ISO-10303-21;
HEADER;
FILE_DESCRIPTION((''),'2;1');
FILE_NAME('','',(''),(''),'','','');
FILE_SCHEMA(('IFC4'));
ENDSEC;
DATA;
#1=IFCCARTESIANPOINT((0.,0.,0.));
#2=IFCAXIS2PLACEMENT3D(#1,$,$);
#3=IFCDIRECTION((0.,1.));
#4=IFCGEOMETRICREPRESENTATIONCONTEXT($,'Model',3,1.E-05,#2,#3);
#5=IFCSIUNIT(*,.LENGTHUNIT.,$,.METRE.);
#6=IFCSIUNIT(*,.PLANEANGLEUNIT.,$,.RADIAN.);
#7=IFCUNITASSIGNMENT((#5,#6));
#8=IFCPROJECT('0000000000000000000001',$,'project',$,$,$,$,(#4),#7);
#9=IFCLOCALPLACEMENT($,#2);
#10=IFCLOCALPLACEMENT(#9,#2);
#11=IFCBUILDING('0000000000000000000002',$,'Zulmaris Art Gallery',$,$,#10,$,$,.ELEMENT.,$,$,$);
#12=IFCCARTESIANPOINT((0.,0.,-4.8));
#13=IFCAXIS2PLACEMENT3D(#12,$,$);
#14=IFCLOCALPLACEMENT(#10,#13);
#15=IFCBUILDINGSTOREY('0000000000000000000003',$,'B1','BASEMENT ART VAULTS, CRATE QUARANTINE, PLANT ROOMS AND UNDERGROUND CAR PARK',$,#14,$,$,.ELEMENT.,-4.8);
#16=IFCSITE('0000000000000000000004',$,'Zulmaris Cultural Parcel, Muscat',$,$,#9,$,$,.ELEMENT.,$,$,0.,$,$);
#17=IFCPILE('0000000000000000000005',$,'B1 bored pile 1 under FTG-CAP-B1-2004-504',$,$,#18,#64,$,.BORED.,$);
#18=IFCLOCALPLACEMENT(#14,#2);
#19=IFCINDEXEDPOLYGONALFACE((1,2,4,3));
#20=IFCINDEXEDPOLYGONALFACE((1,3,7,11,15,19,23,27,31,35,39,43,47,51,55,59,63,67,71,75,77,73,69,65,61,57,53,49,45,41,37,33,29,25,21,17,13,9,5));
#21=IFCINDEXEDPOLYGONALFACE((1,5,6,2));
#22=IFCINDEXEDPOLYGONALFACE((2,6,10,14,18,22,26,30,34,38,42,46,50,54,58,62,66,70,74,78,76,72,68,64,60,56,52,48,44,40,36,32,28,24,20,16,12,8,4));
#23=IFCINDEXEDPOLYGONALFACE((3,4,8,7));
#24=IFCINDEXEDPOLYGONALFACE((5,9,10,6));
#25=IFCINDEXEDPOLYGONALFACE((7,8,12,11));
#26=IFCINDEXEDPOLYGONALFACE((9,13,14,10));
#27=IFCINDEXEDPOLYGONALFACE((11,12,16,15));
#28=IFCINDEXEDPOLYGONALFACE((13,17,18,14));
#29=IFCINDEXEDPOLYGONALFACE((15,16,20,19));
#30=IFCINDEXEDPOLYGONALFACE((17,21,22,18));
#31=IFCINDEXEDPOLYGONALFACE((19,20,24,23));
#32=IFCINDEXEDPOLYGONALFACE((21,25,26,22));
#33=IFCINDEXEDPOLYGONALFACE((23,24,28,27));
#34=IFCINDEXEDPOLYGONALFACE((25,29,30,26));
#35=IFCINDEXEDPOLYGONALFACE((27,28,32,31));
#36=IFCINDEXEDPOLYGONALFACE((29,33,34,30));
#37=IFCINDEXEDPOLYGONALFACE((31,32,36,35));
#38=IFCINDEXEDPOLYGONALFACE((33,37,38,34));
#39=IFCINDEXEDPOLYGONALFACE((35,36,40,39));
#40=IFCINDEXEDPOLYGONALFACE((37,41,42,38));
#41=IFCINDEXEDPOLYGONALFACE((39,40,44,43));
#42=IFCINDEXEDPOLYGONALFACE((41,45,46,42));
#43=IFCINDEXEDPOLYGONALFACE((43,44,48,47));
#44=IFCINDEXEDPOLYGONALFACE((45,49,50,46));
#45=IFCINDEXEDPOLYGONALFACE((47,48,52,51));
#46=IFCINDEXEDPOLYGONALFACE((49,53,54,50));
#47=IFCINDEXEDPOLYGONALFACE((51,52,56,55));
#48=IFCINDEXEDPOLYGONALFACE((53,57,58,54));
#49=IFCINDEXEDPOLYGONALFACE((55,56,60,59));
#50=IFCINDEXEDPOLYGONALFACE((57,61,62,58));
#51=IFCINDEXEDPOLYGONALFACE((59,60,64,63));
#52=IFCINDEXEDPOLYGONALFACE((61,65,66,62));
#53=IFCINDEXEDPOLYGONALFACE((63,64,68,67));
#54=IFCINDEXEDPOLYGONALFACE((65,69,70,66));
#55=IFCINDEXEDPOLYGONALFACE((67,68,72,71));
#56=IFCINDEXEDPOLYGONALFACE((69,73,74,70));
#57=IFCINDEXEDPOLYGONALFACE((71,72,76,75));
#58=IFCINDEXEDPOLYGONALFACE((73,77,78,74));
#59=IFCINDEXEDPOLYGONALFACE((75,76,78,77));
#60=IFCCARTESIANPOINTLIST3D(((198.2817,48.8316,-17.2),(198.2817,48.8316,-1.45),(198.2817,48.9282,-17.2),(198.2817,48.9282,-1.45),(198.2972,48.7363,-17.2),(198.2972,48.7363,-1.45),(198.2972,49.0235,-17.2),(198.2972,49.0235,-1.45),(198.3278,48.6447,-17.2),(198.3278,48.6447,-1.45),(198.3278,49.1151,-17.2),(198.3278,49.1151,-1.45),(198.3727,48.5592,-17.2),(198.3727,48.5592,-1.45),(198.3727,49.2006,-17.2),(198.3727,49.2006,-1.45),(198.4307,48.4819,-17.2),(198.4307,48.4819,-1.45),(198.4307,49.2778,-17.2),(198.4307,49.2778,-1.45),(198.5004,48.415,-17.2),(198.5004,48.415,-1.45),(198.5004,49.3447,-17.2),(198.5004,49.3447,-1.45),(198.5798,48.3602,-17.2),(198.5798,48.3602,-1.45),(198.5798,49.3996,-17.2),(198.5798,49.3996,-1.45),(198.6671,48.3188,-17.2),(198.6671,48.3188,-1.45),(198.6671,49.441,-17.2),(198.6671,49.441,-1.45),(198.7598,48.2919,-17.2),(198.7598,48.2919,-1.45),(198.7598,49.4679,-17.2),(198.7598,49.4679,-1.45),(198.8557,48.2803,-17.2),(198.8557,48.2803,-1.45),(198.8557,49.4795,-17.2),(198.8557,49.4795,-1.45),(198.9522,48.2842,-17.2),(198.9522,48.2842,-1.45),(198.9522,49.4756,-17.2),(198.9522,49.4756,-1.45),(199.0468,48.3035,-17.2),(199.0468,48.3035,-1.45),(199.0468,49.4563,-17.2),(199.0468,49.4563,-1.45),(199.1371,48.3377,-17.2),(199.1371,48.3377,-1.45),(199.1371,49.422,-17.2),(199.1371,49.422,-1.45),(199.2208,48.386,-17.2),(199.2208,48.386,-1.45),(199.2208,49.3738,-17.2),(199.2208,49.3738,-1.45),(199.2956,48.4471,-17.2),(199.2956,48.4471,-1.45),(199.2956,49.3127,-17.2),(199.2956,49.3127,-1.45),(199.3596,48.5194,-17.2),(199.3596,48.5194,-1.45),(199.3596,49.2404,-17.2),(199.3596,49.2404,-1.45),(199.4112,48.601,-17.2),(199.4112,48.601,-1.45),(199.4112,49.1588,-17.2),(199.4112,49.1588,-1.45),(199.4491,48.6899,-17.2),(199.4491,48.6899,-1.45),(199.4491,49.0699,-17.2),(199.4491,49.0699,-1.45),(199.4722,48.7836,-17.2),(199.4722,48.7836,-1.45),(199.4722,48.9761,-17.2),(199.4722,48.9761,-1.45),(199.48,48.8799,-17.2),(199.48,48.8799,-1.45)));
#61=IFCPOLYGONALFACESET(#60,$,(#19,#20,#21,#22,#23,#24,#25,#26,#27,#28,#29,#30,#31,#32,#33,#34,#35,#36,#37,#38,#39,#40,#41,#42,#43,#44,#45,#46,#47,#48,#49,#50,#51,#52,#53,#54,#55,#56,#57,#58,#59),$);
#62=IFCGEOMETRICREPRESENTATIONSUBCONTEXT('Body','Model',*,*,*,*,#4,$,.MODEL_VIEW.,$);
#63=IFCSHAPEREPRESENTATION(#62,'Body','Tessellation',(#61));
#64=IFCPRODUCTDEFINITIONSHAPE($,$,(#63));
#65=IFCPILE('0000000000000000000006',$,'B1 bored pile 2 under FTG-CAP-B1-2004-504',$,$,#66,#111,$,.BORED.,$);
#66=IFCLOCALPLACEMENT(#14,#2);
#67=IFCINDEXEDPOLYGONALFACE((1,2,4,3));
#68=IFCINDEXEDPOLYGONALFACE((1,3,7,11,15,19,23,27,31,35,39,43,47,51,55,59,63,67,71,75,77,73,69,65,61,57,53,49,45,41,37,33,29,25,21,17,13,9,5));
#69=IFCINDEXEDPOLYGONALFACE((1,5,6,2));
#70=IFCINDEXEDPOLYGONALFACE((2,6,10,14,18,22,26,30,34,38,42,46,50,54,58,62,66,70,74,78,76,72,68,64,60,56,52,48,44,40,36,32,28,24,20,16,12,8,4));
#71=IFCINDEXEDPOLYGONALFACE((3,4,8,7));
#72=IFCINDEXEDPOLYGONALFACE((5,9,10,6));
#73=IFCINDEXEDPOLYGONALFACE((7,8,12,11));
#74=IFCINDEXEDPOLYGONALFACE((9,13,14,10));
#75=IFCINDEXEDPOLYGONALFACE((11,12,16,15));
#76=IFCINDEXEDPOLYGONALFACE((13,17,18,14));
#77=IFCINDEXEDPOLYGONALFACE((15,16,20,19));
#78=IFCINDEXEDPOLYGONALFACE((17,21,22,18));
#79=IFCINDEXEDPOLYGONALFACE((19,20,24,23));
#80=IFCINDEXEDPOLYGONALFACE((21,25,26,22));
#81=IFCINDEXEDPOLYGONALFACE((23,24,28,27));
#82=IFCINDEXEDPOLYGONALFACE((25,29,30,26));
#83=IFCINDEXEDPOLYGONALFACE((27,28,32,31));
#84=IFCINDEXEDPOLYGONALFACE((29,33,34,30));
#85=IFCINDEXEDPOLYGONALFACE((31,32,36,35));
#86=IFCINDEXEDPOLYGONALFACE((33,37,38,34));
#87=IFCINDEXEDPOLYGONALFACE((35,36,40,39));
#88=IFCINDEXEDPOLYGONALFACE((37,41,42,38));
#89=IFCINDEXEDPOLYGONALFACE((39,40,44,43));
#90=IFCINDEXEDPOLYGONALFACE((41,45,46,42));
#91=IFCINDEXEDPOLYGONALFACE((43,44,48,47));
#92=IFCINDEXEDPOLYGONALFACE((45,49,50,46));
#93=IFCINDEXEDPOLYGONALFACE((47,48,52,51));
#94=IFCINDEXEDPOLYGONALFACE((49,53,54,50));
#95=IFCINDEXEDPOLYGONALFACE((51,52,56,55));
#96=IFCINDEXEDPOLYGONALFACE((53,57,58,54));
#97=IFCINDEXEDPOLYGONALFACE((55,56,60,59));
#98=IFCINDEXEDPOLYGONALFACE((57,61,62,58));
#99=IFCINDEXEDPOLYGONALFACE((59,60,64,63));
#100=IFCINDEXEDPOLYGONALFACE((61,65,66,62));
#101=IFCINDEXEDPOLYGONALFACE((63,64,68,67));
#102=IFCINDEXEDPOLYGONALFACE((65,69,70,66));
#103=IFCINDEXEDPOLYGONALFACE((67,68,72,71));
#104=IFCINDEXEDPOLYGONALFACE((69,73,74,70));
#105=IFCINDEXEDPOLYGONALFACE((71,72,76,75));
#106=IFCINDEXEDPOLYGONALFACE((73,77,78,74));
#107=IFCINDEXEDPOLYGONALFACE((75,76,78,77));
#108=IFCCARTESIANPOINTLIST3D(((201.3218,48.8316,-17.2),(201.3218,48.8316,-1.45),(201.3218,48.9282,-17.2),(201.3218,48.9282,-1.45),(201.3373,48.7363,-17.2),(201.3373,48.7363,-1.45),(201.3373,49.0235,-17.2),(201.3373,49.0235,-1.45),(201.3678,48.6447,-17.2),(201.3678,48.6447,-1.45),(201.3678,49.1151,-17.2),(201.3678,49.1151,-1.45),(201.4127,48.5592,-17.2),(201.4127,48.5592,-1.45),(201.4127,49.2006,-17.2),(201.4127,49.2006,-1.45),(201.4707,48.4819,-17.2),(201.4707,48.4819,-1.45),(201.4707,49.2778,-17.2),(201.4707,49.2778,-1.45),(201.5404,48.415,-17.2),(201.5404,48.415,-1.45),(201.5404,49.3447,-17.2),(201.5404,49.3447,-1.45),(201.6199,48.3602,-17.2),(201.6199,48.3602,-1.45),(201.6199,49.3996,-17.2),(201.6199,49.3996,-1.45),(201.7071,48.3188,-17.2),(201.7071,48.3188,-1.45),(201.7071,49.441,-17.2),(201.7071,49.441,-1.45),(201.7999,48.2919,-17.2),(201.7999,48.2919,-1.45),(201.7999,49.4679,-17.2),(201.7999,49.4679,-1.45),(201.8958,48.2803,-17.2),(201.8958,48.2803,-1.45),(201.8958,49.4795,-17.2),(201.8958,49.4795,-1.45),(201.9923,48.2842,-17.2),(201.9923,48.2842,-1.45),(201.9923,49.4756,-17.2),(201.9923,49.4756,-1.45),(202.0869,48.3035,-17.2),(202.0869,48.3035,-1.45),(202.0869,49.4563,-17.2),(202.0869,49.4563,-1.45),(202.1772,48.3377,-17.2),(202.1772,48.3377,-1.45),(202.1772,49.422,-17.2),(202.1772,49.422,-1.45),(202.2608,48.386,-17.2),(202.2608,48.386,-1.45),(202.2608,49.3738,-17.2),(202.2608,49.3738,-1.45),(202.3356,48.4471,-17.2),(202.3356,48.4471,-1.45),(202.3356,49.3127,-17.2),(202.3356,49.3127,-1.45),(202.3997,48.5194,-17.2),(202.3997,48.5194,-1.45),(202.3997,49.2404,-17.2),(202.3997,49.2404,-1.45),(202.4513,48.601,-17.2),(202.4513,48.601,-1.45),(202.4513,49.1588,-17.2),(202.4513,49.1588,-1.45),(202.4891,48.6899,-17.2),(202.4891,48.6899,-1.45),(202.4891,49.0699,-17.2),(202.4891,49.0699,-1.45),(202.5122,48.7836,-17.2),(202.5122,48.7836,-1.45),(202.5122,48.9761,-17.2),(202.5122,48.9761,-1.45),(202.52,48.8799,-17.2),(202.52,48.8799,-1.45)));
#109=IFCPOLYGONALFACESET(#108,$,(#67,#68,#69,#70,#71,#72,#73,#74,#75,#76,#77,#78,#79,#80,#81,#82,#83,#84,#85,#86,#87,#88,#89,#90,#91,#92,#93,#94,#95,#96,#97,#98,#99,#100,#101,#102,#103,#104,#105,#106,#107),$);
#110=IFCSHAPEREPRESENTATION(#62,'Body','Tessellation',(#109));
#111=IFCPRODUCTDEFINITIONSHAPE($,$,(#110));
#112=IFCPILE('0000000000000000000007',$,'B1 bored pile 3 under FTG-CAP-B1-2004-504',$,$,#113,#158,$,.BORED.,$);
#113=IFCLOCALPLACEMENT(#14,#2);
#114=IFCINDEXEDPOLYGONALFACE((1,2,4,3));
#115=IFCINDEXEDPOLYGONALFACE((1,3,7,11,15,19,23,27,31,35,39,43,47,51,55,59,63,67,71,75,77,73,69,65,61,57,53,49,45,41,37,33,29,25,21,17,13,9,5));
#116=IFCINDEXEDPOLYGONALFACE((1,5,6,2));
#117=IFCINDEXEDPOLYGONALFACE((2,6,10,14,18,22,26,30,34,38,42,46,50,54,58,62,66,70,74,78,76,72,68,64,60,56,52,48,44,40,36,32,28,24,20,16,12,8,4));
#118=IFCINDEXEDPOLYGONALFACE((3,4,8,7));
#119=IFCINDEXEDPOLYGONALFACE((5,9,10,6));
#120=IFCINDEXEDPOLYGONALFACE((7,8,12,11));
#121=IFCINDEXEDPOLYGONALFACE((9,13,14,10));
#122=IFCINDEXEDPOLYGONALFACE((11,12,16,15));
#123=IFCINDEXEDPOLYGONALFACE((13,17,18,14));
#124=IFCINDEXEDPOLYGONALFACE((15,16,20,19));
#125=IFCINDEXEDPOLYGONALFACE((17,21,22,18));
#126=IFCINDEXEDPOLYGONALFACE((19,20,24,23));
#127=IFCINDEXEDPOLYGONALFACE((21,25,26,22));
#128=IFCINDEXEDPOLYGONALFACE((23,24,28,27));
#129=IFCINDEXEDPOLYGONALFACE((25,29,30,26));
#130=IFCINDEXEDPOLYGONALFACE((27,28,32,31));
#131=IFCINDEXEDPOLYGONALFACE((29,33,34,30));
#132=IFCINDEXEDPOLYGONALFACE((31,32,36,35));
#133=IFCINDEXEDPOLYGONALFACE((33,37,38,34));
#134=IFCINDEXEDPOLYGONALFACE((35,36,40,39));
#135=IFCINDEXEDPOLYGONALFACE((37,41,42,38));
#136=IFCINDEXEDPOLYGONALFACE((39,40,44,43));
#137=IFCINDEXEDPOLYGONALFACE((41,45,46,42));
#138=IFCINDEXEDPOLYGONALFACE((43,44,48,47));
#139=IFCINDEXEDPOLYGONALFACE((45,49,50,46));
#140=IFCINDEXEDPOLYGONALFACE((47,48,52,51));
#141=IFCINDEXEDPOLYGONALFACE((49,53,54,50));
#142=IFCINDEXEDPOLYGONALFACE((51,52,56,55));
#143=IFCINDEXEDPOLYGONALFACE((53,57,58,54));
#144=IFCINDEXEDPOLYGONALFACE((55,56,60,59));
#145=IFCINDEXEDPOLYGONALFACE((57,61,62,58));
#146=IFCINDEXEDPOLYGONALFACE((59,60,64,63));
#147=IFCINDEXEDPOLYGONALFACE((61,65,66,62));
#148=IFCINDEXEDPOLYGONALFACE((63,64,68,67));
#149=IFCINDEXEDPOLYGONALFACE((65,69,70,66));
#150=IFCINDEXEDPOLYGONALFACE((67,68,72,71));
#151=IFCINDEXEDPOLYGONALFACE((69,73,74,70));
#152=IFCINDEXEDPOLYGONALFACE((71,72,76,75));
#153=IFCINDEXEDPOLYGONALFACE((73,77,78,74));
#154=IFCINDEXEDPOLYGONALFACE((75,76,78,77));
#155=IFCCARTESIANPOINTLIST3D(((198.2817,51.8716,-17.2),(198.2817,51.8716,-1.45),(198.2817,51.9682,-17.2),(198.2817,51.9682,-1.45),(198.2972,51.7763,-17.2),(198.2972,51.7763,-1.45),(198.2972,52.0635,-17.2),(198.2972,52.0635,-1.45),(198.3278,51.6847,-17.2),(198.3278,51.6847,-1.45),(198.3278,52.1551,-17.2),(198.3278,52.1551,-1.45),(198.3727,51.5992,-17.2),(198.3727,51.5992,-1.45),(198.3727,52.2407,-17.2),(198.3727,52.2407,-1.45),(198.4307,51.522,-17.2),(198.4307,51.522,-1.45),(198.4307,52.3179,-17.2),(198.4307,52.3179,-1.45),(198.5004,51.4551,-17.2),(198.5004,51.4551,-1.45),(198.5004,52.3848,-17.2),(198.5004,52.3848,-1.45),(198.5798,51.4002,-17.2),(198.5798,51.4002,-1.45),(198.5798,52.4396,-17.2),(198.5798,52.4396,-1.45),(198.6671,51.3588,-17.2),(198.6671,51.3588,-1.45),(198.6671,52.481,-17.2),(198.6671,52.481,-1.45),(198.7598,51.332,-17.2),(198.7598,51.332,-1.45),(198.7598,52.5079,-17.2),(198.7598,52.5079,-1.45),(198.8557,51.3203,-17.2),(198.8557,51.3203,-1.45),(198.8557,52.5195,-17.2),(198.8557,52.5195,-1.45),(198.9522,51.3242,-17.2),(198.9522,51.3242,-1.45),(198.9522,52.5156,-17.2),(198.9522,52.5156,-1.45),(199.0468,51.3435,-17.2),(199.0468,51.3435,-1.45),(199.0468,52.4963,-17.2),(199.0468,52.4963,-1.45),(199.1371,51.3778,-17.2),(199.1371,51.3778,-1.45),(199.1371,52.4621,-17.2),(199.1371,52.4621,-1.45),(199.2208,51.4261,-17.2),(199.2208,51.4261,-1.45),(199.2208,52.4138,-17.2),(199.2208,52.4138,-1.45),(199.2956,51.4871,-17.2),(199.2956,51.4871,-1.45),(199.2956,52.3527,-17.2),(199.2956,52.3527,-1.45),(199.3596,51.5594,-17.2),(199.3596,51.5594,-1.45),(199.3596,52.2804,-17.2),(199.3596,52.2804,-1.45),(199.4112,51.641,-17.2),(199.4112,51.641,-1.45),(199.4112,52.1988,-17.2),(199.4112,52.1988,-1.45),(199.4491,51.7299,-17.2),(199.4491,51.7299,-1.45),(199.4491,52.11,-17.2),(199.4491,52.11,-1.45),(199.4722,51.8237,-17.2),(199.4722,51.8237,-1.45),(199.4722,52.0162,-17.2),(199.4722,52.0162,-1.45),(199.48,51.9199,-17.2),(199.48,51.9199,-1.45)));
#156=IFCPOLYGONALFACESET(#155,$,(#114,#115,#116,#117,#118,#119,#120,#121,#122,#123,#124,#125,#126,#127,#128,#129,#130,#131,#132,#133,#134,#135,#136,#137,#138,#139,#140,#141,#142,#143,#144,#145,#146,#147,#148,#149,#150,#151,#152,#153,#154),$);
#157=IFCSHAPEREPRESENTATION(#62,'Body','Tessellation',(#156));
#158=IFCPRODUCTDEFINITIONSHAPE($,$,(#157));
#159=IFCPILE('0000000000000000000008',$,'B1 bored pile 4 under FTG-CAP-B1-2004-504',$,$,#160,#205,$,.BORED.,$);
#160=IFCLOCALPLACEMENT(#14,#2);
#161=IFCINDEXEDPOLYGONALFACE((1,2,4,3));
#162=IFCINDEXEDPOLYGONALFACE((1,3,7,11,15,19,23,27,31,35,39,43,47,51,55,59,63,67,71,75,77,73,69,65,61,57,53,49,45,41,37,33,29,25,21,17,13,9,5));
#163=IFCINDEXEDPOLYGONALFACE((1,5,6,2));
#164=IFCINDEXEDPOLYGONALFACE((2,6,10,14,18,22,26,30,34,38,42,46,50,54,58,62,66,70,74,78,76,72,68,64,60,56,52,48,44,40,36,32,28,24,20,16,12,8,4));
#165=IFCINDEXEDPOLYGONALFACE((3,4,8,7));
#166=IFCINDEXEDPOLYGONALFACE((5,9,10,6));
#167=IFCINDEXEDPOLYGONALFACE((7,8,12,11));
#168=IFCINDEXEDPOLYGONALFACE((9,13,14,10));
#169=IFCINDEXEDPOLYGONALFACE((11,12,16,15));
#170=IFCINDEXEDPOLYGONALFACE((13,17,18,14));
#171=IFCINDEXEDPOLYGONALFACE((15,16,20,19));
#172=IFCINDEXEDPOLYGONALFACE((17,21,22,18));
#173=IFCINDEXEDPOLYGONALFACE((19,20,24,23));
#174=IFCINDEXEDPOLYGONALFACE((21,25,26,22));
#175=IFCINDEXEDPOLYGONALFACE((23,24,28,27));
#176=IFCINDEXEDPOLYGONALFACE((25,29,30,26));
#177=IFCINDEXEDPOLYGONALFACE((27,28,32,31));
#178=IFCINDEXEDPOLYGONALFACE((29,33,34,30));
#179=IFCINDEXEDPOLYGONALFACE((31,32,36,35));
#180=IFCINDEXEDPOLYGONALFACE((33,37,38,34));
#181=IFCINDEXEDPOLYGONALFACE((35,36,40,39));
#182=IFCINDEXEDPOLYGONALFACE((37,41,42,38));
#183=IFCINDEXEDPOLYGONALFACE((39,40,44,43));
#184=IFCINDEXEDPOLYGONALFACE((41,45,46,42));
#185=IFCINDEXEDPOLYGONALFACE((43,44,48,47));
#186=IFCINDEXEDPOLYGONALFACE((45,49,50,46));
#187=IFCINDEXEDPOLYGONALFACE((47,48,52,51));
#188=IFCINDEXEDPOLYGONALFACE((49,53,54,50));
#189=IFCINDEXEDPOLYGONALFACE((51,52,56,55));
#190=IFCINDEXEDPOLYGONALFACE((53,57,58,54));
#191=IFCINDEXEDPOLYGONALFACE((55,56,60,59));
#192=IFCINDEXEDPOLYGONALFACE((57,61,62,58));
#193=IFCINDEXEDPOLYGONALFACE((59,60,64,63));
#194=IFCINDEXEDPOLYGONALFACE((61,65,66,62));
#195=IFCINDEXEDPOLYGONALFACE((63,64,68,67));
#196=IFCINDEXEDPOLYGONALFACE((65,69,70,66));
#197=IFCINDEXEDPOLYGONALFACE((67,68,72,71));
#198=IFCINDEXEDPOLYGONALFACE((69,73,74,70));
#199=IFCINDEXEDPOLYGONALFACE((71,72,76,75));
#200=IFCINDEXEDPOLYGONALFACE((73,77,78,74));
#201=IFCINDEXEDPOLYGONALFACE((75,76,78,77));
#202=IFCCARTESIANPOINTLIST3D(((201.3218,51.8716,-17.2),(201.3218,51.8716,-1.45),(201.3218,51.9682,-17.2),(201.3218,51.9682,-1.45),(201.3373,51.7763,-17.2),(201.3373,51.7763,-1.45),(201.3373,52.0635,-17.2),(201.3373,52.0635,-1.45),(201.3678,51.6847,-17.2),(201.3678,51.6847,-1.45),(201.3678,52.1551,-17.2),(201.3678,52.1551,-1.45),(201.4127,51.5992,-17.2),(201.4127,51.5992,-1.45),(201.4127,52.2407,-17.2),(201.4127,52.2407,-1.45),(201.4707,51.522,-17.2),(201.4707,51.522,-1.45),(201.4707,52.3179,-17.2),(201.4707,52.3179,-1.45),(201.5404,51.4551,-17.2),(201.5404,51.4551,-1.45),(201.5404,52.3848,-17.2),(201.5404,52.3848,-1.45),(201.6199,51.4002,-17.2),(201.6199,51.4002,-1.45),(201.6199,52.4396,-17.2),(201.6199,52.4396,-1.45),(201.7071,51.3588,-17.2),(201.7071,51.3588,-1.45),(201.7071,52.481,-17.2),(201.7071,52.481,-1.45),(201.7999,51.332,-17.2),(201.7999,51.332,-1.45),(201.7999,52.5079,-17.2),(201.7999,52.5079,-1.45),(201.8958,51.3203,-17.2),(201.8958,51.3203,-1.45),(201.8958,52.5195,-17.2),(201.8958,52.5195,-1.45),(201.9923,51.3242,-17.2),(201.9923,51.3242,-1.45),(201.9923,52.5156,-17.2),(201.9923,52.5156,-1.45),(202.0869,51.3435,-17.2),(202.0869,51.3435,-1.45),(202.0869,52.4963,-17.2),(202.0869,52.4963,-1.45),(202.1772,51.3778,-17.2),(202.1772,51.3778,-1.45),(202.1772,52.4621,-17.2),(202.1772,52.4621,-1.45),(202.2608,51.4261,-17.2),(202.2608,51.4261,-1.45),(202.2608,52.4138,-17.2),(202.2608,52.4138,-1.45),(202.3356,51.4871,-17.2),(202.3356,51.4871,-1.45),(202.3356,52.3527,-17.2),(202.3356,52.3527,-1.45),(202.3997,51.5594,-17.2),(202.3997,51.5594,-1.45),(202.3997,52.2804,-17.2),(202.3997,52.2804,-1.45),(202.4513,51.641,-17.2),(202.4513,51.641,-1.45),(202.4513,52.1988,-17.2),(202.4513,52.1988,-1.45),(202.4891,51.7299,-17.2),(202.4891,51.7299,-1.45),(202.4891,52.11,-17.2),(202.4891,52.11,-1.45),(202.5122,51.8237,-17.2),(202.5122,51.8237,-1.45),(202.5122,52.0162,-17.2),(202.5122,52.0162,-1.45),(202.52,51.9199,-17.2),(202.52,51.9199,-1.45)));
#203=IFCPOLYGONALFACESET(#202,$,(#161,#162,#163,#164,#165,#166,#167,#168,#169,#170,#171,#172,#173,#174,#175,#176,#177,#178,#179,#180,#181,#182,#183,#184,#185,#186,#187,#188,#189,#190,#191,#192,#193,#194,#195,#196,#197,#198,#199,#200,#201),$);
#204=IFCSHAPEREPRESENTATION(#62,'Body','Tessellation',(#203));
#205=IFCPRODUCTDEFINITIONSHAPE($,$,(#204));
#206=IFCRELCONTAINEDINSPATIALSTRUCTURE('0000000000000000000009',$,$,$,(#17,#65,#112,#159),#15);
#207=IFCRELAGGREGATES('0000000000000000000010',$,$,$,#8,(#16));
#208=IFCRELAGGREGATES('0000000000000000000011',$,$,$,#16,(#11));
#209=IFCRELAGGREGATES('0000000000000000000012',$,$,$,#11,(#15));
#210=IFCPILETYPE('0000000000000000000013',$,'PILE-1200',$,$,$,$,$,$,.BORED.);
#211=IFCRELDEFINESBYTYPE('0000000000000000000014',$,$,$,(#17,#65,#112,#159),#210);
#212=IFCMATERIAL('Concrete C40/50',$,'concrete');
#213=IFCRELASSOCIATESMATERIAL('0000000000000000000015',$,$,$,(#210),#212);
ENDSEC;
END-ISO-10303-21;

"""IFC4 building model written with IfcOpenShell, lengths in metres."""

from ifc_helpers import new_model, si_unit, direction, frame, origin, origin_2d, place, context, subcontext, project, spatial, circle, extrude, material, material_profile, profile_set, type_object, element, save


model = new_model("IFC4")

# Units and contexts
model_context = context("Model", 3, precision=1e-05, world=origin(), true_north=direction((0.0, 1.0)))
body_context = subcontext(model_context, "Body", "Model", "MODEL_VIEW")
ifc_project = project(units=[si_unit("LENGTHUNIT", "METRE"), si_unit("PLANEANGLEUNIT", "RADIAN")], contexts=[model_context])

# Site, building, storey
site_placement = place(None, origin())
site = spatial("IfcSite", under=ifc_project, at=site_placement, Name="Zulmaris Cultural Parcel, Muscat", CompositionType="ELEMENT", RefElevation=0.0)
building_placement = place(site_placement, origin())
building = spatial("IfcBuilding", under=site, at=building_placement, Name="Zulmaris Art Gallery", CompositionType="ELEMENT")
storey_placement = place(building_placement, frame((0.0, 0.0, -4.8)))
storey = spatial("IfcBuildingStorey", under=building, at=storey_placement, Name="B1", Description="BASEMENT ART VAULTS, CRATE QUARANTINE, PLANT ROOMS AND UNDERGROUND CAR PARK", CompositionType="ELEMENT", Elevation=-4.8)

# Piles
ifc_material_1 = material(Name="Concrete C40/50", Category="concrete")
ifc_material_profile_1 = material_profile(ifc_material_1, circle(Radius=0.6001, at=origin_2d()), Name="PILE DIA 1200")
ifc_profile_set_1 = profile_set([ifc_material_profile_1], Name="Concrete C40/50")
pile_type = type_object("IfcPileType", Name="PILE-1200", PredefinedType="BORED", material=ifc_profile_set_1)
for number, where, z_axis, x_axis, name in (
    (1, (198.8799, 48.8799, -1.45), (0.0, 0.0, -1.0), (1.0, 0.0, 0.0), "B1 bored pile 1 under FTG-CAP-B1-2004-504"),
    (2, (201.9199, 48.8799, -1.45), (0.0, 0.0, -1.0), (1.0, 0.0, 0.0), "B1 bored pile 2 under FTG-CAP-B1-2004-504"),
    (3, (198.8799, 51.9199, -1.45), (0.0, 0.0, -1.0), (1.0, 0.0, 0.0), "B1 bored pile 3 under FTG-CAP-B1-2004-504"),
    (4, (201.9199, 51.9199, -1.45), (0.0, 0.0, -1.0), (1.0, 0.0, 0.0), "B1 bored pile 4 under FTG-CAP-B1-2004-504"),
):
    element("IfcPile", number, at=place(storey_placement, frame(where, z_axis=z_axis, x_axis=x_axis)), inside=storey, type_object=pile_type, Name=name, PredefinedType="BORED", context=body_context, shape_type="SweptSolid", body=[
        extrude(circle(Radius=0.6001, at=origin_2d()), origin(), (0.0, 0.0, 1.0), 15.75),
    ])

save(model, "model.ifc")
